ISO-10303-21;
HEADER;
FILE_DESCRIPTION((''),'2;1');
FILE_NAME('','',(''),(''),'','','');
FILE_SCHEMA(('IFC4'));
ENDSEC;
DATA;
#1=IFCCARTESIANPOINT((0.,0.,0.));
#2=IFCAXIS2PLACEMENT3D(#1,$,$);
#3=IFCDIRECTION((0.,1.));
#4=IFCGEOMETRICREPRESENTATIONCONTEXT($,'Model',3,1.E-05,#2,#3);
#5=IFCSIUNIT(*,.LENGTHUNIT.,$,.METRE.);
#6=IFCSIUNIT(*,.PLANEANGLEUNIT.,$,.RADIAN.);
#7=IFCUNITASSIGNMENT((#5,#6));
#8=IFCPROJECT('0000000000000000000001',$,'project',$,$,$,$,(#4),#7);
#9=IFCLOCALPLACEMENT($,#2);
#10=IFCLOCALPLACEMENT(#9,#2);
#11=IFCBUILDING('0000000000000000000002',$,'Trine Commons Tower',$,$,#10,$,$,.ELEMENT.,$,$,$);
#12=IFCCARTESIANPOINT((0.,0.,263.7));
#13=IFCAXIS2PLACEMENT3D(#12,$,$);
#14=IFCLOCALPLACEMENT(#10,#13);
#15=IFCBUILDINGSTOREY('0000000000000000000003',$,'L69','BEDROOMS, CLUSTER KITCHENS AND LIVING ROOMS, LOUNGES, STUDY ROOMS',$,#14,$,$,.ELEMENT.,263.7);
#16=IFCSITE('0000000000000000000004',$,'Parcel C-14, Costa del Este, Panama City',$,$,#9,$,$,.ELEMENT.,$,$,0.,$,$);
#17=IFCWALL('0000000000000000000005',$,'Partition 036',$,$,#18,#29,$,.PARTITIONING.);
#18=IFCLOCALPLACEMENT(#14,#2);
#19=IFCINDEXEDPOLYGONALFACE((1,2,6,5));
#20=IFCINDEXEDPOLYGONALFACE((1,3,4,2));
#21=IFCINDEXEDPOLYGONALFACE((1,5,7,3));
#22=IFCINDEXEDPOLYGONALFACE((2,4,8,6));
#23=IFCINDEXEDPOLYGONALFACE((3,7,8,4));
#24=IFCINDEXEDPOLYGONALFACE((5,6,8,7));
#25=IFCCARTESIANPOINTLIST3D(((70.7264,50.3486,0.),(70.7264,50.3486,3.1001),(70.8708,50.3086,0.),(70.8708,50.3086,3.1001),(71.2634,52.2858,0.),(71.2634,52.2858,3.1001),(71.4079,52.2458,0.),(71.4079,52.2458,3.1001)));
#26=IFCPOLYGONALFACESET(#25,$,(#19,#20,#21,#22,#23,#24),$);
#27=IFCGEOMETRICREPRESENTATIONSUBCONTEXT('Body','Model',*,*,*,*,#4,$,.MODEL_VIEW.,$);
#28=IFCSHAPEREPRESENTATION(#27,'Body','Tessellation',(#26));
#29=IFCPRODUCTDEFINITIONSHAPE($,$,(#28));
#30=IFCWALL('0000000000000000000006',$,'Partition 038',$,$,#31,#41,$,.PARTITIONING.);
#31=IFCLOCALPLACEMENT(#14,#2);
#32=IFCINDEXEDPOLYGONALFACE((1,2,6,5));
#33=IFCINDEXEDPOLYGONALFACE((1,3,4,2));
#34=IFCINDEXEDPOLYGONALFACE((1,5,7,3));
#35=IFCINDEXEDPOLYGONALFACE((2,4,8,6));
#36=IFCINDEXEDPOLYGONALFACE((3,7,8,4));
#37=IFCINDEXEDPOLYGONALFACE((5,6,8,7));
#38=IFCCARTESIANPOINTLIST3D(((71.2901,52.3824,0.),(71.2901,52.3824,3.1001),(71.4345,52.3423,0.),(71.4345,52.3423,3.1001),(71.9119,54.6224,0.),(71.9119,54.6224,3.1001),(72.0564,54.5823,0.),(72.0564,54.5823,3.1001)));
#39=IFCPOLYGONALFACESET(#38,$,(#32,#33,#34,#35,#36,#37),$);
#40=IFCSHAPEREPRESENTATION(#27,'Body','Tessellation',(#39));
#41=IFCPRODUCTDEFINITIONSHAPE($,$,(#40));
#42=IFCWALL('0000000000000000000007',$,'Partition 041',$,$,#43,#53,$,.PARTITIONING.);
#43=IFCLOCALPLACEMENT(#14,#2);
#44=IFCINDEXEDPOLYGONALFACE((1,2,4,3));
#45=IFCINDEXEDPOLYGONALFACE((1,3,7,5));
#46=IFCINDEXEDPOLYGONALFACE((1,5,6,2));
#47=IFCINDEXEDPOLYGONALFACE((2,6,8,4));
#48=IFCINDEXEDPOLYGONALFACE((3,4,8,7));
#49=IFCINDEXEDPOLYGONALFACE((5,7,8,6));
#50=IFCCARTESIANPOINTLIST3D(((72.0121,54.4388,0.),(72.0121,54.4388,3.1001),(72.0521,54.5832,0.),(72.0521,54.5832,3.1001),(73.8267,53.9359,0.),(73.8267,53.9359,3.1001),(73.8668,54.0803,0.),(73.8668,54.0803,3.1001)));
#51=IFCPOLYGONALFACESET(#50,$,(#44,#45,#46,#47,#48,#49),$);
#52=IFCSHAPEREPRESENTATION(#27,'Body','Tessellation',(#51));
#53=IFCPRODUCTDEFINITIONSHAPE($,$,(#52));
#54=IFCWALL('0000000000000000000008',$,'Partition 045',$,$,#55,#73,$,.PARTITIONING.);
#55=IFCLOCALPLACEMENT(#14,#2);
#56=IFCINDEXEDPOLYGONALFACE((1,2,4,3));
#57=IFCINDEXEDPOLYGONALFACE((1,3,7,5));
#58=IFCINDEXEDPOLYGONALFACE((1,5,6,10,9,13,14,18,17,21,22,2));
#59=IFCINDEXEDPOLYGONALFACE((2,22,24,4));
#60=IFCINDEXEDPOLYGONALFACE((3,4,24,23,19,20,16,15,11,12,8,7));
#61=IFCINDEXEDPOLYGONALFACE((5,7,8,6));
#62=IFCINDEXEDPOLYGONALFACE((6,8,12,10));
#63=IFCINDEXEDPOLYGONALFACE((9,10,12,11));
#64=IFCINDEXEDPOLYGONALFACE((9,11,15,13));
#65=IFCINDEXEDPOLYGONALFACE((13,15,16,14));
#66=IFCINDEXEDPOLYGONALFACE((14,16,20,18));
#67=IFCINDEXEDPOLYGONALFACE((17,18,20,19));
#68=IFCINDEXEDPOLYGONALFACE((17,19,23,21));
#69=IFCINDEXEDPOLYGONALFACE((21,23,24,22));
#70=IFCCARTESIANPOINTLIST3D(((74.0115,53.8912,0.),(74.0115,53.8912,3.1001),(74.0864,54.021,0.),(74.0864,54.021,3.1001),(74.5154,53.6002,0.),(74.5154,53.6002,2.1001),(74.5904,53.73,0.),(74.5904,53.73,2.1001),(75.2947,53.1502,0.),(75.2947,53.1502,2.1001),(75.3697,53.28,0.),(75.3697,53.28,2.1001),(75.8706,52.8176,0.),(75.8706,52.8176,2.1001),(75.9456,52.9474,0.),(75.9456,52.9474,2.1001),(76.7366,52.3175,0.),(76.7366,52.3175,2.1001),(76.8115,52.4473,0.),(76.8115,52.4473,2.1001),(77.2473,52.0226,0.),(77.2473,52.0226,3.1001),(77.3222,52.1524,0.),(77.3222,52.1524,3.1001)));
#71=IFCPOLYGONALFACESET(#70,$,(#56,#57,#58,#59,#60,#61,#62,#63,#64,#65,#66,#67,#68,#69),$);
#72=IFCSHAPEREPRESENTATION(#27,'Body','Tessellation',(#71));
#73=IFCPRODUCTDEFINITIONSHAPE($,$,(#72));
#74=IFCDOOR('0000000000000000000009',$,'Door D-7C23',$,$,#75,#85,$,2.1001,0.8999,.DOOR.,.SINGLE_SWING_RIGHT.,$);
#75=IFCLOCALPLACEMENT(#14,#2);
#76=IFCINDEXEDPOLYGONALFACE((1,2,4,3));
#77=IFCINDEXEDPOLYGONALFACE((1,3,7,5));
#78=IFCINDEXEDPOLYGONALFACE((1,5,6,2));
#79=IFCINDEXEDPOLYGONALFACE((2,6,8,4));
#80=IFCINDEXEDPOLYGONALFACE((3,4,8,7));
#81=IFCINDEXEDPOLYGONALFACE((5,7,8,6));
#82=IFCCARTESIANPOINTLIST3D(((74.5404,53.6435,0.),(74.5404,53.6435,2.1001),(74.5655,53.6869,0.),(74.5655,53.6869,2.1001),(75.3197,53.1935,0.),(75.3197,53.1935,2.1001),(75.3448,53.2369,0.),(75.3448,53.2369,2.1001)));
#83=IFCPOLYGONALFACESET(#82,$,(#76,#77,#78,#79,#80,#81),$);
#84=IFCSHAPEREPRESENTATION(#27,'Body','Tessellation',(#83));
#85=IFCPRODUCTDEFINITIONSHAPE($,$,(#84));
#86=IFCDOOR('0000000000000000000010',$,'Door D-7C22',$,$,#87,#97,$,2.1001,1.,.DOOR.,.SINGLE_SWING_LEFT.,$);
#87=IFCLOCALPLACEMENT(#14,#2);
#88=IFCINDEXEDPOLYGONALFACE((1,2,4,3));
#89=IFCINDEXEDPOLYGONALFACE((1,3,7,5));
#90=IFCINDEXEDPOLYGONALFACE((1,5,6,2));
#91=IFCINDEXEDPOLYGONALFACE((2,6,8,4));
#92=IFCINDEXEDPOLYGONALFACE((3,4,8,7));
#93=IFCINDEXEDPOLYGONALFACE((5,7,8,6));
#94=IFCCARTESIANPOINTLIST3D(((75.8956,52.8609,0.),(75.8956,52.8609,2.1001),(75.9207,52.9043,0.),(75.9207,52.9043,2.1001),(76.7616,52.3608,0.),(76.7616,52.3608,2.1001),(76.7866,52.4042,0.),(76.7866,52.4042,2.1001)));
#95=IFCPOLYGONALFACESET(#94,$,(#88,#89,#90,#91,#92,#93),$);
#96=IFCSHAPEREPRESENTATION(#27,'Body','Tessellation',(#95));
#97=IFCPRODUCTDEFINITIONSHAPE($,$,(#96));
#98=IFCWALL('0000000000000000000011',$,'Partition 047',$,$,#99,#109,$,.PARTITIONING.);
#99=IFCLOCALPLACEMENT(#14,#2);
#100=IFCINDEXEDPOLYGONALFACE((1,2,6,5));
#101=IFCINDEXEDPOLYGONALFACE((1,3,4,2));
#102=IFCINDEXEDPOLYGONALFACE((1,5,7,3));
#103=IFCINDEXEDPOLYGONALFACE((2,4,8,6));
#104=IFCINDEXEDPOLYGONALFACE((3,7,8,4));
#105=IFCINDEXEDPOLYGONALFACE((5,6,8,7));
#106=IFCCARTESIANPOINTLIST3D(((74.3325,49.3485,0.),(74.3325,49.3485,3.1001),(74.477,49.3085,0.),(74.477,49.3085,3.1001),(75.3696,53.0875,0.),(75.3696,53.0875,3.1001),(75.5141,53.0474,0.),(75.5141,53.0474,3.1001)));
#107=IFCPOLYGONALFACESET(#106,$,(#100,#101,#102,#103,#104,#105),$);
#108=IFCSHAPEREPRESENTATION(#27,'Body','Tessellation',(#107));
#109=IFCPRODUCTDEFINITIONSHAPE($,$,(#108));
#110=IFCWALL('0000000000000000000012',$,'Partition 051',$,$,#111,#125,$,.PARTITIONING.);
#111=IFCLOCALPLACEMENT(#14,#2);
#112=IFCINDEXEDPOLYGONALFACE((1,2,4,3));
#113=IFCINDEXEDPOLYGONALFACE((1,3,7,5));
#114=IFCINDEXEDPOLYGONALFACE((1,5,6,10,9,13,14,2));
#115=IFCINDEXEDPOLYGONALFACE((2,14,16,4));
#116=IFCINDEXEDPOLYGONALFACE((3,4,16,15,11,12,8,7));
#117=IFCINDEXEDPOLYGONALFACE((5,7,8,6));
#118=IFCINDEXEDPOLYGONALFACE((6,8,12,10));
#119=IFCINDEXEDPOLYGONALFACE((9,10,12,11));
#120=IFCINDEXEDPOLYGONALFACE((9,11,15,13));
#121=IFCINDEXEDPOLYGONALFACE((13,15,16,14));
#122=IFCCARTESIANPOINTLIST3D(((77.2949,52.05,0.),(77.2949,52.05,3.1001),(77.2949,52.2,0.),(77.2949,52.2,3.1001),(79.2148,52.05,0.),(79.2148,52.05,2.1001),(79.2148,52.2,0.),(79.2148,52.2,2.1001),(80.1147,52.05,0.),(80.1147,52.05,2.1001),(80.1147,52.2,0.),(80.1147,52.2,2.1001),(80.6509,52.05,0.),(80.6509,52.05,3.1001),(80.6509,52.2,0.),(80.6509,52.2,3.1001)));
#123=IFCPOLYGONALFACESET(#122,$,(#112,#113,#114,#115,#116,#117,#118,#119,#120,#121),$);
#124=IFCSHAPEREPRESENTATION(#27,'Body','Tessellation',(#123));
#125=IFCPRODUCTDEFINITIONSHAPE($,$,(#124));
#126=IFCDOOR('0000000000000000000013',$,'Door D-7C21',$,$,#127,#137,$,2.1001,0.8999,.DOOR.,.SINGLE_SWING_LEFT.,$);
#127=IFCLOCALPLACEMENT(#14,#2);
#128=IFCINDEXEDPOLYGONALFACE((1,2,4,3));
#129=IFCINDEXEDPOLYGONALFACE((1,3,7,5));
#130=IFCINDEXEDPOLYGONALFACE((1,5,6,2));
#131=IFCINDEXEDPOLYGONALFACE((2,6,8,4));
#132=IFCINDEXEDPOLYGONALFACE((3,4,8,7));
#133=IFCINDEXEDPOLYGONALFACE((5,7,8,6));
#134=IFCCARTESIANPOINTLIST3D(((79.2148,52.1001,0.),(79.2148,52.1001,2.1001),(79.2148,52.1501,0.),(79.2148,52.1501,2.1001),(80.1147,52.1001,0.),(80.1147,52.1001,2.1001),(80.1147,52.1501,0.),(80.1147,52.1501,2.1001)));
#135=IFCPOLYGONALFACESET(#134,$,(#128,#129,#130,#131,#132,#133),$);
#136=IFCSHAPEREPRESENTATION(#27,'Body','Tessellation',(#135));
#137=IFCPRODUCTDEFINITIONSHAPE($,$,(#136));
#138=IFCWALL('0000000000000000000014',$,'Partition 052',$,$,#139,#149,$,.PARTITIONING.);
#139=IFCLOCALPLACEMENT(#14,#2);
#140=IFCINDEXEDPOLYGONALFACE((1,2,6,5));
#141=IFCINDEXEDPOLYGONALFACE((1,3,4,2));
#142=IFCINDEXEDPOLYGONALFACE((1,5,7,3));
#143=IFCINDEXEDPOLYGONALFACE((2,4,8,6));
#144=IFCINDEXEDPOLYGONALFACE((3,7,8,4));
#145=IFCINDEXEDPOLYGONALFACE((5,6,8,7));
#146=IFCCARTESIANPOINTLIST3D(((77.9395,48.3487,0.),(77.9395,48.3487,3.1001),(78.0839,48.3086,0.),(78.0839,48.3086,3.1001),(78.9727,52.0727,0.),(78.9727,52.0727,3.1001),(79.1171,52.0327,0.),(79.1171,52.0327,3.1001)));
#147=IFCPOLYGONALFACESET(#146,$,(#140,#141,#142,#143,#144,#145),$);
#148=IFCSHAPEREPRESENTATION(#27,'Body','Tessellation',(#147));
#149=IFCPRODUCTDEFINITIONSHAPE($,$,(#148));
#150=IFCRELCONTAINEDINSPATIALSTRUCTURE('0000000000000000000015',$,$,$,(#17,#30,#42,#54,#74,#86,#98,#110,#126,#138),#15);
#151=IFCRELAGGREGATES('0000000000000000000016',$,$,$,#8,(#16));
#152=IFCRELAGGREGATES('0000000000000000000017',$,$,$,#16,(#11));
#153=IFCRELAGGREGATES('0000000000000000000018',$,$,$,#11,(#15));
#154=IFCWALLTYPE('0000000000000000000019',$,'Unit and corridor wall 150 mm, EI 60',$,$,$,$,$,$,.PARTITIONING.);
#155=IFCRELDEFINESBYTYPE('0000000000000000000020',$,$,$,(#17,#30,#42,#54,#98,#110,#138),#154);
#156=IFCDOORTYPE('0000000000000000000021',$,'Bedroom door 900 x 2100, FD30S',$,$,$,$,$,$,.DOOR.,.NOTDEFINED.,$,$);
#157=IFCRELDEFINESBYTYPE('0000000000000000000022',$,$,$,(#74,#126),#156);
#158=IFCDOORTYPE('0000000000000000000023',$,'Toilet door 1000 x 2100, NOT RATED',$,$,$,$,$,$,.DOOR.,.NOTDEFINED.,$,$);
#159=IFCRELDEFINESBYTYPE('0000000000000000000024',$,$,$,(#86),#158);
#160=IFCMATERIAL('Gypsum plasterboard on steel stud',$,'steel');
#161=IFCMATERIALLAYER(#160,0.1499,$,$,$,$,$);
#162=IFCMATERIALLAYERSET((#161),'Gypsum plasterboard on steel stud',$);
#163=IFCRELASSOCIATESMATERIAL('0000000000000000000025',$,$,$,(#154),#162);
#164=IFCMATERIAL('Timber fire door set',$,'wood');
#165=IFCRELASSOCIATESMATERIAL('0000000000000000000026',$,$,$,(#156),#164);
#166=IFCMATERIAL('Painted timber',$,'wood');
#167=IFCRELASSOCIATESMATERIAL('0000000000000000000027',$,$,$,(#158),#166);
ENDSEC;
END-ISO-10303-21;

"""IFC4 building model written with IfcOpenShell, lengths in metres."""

from ifc_helpers import new_model, si_unit, direction, frame, frame_2d, origin, place, context, subcontext, project, spatial, rectangle, extrude, material, layer, layer_set, type_object, element, fill, save


model = new_model("IFC4")

# Units and contexts
model_context = context("Model", 3, precision=1e-05, world=origin(), true_north=direction((0.0, 1.0)))
body_context = subcontext(model_context, "Body", "Model", "MODEL_VIEW")
ifc_project = project(units=[si_unit("LENGTHUNIT", "METRE"), si_unit("PLANEANGLEUNIT", "RADIAN")], contexts=[model_context])

# Site, building, storey
site_placement = place(None, origin())
site = spatial("IfcSite", under=ifc_project, at=site_placement, Name="Parcel C-14, Costa del Este, Panama City", CompositionType="ELEMENT", RefElevation=0.0)
building_placement = place(site_placement, origin())
building = spatial("IfcBuilding", under=site, at=building_placement, Name="Trine Commons Tower", CompositionType="ELEMENT")
storey_placement = place(building_placement, frame((0.0, 0.0, 263.7)))
storey = spatial("IfcBuildingStorey", under=building, at=storey_placement, Name="L69", Description="BEDROOMS, CLUSTER KITCHENS AND LIVING ROOMS, LOUNGES, STUDY ROOMS", CompositionType="ELEMENT", Elevation=263.7)

# Shared definitions
ifc_material_1 = material(Name="Gypsum plasterboard on steel stud", Category="steel")
ifc_layer_1 = layer(ifc_material_1, 0.1499)
ifc_layer_set_1 = layer_set([ifc_layer_1], Name="Gypsum plasterboard on steel stud")
wall_type_1 = type_object("IfcWallType", Name="Unit and corridor wall 150 mm, EI 60", PredefinedType="PARTITIONING", material=ifc_layer_set_1)

# Shared definitions
ifc_material_2 = material(Name="Timber fire door set", Category="wood")
door_type_1 = type_object("IfcDoorType", Name="Bedroom door 900 x 2100, FD30S", OperationType="NOTDEFINED", PredefinedType="DOOR", material=ifc_material_2)

# Walls
wall_1_placement = place(storey_placement, frame((70.7986, 50.3286, 0.0), z_axis=(0.0, 0.0, 1.0), x_axis=(0.267174, 0.963648, 0.0)))
element("IfcWall", 1, at=wall_1_placement, inside=storey, type_object=wall_type_1, Name="Partition 036", PredefinedType="PARTITIONING", context=body_context, shape_type="SweptSolid", body=[
    extrude(rectangle(XDim=2.0103, YDim=0.1499, at=frame_2d((1.0051, 0.0))), origin(), (0.0, 0.0, 1.0), 3.1001),
])
wall_2_placement = place(storey_placement, frame((71.3623, 52.3623, 0.0), z_axis=(0.0, 0.0, 1.0), x_axis=(0.267487, 0.963562, 0.0)))
element("IfcWall", 2, at=wall_2_placement, inside=storey, type_object=wall_type_1, Name="Partition 038", PredefinedType="PARTITIONING", context=body_context, shape_type="SweptSolid", body=[
    extrude(rectangle(XDim=2.3247, YDim=0.1499, at=frame_2d((1.1624, 0.0))), origin(), (0.0, 0.0, 1.0), 3.1001),
])
wall_3_placement = place(storey_placement, frame((72.0322, 54.511, 0.0), z_axis=(0.0, 0.0, 1.0), x_axis=(0.963676, -0.267075, 0.0)))
element("IfcWall", 3, at=wall_3_placement, inside=storey, type_object=wall_type_1, Name="Partition 041", PredefinedType="PARTITIONING", context=body_context, shape_type="SweptSolid", body=[
    extrude(rectangle(XDim=1.8831, YDim=0.1499, at=frame_2d((0.9414, 0.0))), origin(), (0.0, 0.0, 1.0), 3.1001),
])

# Wall, openings, doors
wall_4_placement = place(storey_placement, frame((74.0491, 53.9561, 0.0), z_axis=(0.0, 0.0, 1.0), x_axis=(0.865974, -0.500088, 0.0)))
wall_4 = element("IfcWall", 4, at=wall_4_placement, inside=storey, type_object=wall_type_1, Name="Partition 045", PredefinedType="PARTITIONING", context=body_context, shape_type="SweptSolid", body=[
    extrude(rectangle(XDim=3.7366, YDim=0.1499, at=frame_2d((1.8682, 0.0))), origin(), (0.0, 0.0, 1.0), 3.1001),
])
opening_1_placement = place(wall_4_placement, frame((2.1467, 0.0, 0.0)))
opening_1 = element("IfcOpeningElement", 5, at=opening_1_placement, cuts=wall_4, PredefinedType="OPENING", context=body_context, shape_type="SweptSolid", body=[
    extrude(rectangle(XDim=1.0, YDim=2.1001, at=frame_2d((0.5, 1.05))), frame((0.0, 0.085, 0.0), z_axis=(0.0, -1.0, 0.0), x_axis=(1.0, 0.0, 0.0)), (0.0, 0.0, 1.0), 0.1699),
])
opening_2_placement = place(wall_4_placement, frame((0.5818, 0.0, 0.0)))
opening_2 = element("IfcOpeningElement", 6, at=opening_2_placement, cuts=wall_4, PredefinedType="OPENING", context=body_context, shape_type="SweptSolid", body=[
    extrude(rectangle(XDim=0.8999, YDim=2.1001, at=frame_2d((0.45, 1.05))), frame((0.0, 0.085, 0.0), z_axis=(0.0, -1.0, 0.0), x_axis=(1.0, 0.0, 0.0)), (0.0, 0.0, 1.0), 0.1699),
])
door_1_placement = place(opening_2_placement, frame((0.8999, 0.0, 0.0), z_axis=(0.0, 0.0, 1.0), x_axis=(-1.0, 0.0, 0.0)))
door_1 = element("IfcDoor", 7, at=door_1_placement, inside=storey, type_object=door_type_1, Name="Door D-7C23", OperationType="SINGLE_SWING_RIGHT", OverallHeight=2.1001, OverallWidth=0.8999, PredefinedType="DOOR", context=body_context, shape_type="SweptSolid", body=[
    extrude(rectangle(XDim=0.8999, YDim=2.1001, at=frame_2d((0.45, 1.05))), frame((0.0, 0.0249, 0.0), z_axis=(0.0, -1.0, 0.0), x_axis=(1.0, 0.0, 0.0)), (0.0, 0.0, 1.0), 0.05),
])
fill(opening_2, door_1)
ifc_material_3 = material(Name="Painted timber", Category="wood")
door_type_2 = type_object("IfcDoorType", Name="Toilet door 1000 x 2100, NOT RATED", OperationType="NOTDEFINED", PredefinedType="DOOR", material=ifc_material_3)
door_2_placement = place(opening_1_placement, frame((1.0, 0.0, 0.0), z_axis=(0.0, 0.0, 1.0), x_axis=(-1.0, 0.0, 0.0)))
door_2 = element("IfcDoor", 8, at=door_2_placement, inside=storey, type_object=door_type_2, Name="Door D-7C22", OperationType="SINGLE_SWING_LEFT", OverallHeight=2.1001, OverallWidth=1.0, PredefinedType="DOOR", context=body_context, shape_type="SweptSolid", body=[
    extrude(rectangle(XDim=1.0, YDim=2.1001, at=frame_2d((0.5, 1.05))), frame((0.0, 0.0249, 0.0), z_axis=(0.0, -1.0, 0.0), x_axis=(1.0, 0.0, 0.0)), (0.0, 0.0, 1.0), 0.05),
])
fill(opening_1, door_2)

# Wall
wall_5_placement = place(storey_placement, frame((74.4048, 49.3286, 0.0), z_axis=(0.0, 0.0, 1.0), x_axis=(0.267284, 0.963618, 0.0)))
element("IfcWall", 9, at=wall_5_placement, inside=storey, type_object=wall_type_1, Name="Partition 047", PredefinedType="PARTITIONING", context=body_context, shape_type="SweptSolid", body=[
    extrude(rectangle(XDim=3.8801, YDim=0.1499, at=frame_2d((1.9399, 0.0))), origin(), (0.0, 0.0, 1.0), 3.1001),
])

# Wall, opening, door
wall_6_placement = place(storey_placement, frame((77.2949, 52.125, 0.0), z_axis=(0.0, 0.0, 1.0), x_axis=(1.0, 0.0, 0.0)))
wall_6 = element("IfcWall", 10, at=wall_6_placement, inside=storey, type_object=wall_type_1, Name="Partition 051", PredefinedType="PARTITIONING", context=body_context, shape_type="SweptSolid", body=[
    extrude(rectangle(XDim=3.356, YDim=0.1499, at=frame_2d((1.678, 0.0))), origin(), (0.0, 0.0, 1.0), 3.1001),
])
opening_3_placement = place(wall_6_placement, frame((1.9199, 0.0, 0.0)))
opening_3 = element("IfcOpeningElement", 11, at=opening_3_placement, cuts=wall_6, PredefinedType="OPENING", context=body_context, shape_type="SweptSolid", body=[
    extrude(rectangle(XDim=0.8999, YDim=2.1001, at=frame_2d((0.45, 1.05))), frame((0.0, 0.085, 0.0), z_axis=(0.0, -1.0, 0.0), x_axis=(1.0, 0.0, 0.0)), (0.0, 0.0, 1.0), 0.1699),
])
door_3_placement = place(opening_3_placement, frame((0.8999, 0.0, 0.0), z_axis=(0.0, 0.0, 1.0), x_axis=(-1.0, 0.0, 0.0)))
door_3 = element("IfcDoor", 12, at=door_3_placement, inside=storey, type_object=door_type_1, Name="Door D-7C21", OperationType="SINGLE_SWING_LEFT", OverallHeight=2.1001, OverallWidth=0.8999, PredefinedType="DOOR", context=body_context, shape_type="SweptSolid", body=[
    extrude(rectangle(XDim=0.8999, YDim=2.1001, at=frame_2d((0.45, 1.05))), frame((0.0, 0.0249, 0.0), z_axis=(0.0, -1.0, 0.0), x_axis=(1.0, 0.0, 0.0)), (0.0, 0.0, 1.0), 0.05),
])
fill(opening_3, door_3)

# Wall
wall_7_placement = place(storey_placement, frame((78.0117, 48.3286, 0.0), z_axis=(0.0, 0.0, 1.0), x_axis=(0.267338, 0.963603, 0.0)))
element("IfcWall", 13, at=wall_7_placement, inside=storey, type_object=wall_type_1, Name="Partition 052", PredefinedType="PARTITIONING", context=body_context, shape_type="SweptSolid", body=[
    extrude(rectangle(XDim=3.8647, YDim=0.1499, at=frame_2d((1.9324, 0.0))), origin(), (0.0, 0.0, 1.0), 3.1001),
])

save(model, "model.ifc")
